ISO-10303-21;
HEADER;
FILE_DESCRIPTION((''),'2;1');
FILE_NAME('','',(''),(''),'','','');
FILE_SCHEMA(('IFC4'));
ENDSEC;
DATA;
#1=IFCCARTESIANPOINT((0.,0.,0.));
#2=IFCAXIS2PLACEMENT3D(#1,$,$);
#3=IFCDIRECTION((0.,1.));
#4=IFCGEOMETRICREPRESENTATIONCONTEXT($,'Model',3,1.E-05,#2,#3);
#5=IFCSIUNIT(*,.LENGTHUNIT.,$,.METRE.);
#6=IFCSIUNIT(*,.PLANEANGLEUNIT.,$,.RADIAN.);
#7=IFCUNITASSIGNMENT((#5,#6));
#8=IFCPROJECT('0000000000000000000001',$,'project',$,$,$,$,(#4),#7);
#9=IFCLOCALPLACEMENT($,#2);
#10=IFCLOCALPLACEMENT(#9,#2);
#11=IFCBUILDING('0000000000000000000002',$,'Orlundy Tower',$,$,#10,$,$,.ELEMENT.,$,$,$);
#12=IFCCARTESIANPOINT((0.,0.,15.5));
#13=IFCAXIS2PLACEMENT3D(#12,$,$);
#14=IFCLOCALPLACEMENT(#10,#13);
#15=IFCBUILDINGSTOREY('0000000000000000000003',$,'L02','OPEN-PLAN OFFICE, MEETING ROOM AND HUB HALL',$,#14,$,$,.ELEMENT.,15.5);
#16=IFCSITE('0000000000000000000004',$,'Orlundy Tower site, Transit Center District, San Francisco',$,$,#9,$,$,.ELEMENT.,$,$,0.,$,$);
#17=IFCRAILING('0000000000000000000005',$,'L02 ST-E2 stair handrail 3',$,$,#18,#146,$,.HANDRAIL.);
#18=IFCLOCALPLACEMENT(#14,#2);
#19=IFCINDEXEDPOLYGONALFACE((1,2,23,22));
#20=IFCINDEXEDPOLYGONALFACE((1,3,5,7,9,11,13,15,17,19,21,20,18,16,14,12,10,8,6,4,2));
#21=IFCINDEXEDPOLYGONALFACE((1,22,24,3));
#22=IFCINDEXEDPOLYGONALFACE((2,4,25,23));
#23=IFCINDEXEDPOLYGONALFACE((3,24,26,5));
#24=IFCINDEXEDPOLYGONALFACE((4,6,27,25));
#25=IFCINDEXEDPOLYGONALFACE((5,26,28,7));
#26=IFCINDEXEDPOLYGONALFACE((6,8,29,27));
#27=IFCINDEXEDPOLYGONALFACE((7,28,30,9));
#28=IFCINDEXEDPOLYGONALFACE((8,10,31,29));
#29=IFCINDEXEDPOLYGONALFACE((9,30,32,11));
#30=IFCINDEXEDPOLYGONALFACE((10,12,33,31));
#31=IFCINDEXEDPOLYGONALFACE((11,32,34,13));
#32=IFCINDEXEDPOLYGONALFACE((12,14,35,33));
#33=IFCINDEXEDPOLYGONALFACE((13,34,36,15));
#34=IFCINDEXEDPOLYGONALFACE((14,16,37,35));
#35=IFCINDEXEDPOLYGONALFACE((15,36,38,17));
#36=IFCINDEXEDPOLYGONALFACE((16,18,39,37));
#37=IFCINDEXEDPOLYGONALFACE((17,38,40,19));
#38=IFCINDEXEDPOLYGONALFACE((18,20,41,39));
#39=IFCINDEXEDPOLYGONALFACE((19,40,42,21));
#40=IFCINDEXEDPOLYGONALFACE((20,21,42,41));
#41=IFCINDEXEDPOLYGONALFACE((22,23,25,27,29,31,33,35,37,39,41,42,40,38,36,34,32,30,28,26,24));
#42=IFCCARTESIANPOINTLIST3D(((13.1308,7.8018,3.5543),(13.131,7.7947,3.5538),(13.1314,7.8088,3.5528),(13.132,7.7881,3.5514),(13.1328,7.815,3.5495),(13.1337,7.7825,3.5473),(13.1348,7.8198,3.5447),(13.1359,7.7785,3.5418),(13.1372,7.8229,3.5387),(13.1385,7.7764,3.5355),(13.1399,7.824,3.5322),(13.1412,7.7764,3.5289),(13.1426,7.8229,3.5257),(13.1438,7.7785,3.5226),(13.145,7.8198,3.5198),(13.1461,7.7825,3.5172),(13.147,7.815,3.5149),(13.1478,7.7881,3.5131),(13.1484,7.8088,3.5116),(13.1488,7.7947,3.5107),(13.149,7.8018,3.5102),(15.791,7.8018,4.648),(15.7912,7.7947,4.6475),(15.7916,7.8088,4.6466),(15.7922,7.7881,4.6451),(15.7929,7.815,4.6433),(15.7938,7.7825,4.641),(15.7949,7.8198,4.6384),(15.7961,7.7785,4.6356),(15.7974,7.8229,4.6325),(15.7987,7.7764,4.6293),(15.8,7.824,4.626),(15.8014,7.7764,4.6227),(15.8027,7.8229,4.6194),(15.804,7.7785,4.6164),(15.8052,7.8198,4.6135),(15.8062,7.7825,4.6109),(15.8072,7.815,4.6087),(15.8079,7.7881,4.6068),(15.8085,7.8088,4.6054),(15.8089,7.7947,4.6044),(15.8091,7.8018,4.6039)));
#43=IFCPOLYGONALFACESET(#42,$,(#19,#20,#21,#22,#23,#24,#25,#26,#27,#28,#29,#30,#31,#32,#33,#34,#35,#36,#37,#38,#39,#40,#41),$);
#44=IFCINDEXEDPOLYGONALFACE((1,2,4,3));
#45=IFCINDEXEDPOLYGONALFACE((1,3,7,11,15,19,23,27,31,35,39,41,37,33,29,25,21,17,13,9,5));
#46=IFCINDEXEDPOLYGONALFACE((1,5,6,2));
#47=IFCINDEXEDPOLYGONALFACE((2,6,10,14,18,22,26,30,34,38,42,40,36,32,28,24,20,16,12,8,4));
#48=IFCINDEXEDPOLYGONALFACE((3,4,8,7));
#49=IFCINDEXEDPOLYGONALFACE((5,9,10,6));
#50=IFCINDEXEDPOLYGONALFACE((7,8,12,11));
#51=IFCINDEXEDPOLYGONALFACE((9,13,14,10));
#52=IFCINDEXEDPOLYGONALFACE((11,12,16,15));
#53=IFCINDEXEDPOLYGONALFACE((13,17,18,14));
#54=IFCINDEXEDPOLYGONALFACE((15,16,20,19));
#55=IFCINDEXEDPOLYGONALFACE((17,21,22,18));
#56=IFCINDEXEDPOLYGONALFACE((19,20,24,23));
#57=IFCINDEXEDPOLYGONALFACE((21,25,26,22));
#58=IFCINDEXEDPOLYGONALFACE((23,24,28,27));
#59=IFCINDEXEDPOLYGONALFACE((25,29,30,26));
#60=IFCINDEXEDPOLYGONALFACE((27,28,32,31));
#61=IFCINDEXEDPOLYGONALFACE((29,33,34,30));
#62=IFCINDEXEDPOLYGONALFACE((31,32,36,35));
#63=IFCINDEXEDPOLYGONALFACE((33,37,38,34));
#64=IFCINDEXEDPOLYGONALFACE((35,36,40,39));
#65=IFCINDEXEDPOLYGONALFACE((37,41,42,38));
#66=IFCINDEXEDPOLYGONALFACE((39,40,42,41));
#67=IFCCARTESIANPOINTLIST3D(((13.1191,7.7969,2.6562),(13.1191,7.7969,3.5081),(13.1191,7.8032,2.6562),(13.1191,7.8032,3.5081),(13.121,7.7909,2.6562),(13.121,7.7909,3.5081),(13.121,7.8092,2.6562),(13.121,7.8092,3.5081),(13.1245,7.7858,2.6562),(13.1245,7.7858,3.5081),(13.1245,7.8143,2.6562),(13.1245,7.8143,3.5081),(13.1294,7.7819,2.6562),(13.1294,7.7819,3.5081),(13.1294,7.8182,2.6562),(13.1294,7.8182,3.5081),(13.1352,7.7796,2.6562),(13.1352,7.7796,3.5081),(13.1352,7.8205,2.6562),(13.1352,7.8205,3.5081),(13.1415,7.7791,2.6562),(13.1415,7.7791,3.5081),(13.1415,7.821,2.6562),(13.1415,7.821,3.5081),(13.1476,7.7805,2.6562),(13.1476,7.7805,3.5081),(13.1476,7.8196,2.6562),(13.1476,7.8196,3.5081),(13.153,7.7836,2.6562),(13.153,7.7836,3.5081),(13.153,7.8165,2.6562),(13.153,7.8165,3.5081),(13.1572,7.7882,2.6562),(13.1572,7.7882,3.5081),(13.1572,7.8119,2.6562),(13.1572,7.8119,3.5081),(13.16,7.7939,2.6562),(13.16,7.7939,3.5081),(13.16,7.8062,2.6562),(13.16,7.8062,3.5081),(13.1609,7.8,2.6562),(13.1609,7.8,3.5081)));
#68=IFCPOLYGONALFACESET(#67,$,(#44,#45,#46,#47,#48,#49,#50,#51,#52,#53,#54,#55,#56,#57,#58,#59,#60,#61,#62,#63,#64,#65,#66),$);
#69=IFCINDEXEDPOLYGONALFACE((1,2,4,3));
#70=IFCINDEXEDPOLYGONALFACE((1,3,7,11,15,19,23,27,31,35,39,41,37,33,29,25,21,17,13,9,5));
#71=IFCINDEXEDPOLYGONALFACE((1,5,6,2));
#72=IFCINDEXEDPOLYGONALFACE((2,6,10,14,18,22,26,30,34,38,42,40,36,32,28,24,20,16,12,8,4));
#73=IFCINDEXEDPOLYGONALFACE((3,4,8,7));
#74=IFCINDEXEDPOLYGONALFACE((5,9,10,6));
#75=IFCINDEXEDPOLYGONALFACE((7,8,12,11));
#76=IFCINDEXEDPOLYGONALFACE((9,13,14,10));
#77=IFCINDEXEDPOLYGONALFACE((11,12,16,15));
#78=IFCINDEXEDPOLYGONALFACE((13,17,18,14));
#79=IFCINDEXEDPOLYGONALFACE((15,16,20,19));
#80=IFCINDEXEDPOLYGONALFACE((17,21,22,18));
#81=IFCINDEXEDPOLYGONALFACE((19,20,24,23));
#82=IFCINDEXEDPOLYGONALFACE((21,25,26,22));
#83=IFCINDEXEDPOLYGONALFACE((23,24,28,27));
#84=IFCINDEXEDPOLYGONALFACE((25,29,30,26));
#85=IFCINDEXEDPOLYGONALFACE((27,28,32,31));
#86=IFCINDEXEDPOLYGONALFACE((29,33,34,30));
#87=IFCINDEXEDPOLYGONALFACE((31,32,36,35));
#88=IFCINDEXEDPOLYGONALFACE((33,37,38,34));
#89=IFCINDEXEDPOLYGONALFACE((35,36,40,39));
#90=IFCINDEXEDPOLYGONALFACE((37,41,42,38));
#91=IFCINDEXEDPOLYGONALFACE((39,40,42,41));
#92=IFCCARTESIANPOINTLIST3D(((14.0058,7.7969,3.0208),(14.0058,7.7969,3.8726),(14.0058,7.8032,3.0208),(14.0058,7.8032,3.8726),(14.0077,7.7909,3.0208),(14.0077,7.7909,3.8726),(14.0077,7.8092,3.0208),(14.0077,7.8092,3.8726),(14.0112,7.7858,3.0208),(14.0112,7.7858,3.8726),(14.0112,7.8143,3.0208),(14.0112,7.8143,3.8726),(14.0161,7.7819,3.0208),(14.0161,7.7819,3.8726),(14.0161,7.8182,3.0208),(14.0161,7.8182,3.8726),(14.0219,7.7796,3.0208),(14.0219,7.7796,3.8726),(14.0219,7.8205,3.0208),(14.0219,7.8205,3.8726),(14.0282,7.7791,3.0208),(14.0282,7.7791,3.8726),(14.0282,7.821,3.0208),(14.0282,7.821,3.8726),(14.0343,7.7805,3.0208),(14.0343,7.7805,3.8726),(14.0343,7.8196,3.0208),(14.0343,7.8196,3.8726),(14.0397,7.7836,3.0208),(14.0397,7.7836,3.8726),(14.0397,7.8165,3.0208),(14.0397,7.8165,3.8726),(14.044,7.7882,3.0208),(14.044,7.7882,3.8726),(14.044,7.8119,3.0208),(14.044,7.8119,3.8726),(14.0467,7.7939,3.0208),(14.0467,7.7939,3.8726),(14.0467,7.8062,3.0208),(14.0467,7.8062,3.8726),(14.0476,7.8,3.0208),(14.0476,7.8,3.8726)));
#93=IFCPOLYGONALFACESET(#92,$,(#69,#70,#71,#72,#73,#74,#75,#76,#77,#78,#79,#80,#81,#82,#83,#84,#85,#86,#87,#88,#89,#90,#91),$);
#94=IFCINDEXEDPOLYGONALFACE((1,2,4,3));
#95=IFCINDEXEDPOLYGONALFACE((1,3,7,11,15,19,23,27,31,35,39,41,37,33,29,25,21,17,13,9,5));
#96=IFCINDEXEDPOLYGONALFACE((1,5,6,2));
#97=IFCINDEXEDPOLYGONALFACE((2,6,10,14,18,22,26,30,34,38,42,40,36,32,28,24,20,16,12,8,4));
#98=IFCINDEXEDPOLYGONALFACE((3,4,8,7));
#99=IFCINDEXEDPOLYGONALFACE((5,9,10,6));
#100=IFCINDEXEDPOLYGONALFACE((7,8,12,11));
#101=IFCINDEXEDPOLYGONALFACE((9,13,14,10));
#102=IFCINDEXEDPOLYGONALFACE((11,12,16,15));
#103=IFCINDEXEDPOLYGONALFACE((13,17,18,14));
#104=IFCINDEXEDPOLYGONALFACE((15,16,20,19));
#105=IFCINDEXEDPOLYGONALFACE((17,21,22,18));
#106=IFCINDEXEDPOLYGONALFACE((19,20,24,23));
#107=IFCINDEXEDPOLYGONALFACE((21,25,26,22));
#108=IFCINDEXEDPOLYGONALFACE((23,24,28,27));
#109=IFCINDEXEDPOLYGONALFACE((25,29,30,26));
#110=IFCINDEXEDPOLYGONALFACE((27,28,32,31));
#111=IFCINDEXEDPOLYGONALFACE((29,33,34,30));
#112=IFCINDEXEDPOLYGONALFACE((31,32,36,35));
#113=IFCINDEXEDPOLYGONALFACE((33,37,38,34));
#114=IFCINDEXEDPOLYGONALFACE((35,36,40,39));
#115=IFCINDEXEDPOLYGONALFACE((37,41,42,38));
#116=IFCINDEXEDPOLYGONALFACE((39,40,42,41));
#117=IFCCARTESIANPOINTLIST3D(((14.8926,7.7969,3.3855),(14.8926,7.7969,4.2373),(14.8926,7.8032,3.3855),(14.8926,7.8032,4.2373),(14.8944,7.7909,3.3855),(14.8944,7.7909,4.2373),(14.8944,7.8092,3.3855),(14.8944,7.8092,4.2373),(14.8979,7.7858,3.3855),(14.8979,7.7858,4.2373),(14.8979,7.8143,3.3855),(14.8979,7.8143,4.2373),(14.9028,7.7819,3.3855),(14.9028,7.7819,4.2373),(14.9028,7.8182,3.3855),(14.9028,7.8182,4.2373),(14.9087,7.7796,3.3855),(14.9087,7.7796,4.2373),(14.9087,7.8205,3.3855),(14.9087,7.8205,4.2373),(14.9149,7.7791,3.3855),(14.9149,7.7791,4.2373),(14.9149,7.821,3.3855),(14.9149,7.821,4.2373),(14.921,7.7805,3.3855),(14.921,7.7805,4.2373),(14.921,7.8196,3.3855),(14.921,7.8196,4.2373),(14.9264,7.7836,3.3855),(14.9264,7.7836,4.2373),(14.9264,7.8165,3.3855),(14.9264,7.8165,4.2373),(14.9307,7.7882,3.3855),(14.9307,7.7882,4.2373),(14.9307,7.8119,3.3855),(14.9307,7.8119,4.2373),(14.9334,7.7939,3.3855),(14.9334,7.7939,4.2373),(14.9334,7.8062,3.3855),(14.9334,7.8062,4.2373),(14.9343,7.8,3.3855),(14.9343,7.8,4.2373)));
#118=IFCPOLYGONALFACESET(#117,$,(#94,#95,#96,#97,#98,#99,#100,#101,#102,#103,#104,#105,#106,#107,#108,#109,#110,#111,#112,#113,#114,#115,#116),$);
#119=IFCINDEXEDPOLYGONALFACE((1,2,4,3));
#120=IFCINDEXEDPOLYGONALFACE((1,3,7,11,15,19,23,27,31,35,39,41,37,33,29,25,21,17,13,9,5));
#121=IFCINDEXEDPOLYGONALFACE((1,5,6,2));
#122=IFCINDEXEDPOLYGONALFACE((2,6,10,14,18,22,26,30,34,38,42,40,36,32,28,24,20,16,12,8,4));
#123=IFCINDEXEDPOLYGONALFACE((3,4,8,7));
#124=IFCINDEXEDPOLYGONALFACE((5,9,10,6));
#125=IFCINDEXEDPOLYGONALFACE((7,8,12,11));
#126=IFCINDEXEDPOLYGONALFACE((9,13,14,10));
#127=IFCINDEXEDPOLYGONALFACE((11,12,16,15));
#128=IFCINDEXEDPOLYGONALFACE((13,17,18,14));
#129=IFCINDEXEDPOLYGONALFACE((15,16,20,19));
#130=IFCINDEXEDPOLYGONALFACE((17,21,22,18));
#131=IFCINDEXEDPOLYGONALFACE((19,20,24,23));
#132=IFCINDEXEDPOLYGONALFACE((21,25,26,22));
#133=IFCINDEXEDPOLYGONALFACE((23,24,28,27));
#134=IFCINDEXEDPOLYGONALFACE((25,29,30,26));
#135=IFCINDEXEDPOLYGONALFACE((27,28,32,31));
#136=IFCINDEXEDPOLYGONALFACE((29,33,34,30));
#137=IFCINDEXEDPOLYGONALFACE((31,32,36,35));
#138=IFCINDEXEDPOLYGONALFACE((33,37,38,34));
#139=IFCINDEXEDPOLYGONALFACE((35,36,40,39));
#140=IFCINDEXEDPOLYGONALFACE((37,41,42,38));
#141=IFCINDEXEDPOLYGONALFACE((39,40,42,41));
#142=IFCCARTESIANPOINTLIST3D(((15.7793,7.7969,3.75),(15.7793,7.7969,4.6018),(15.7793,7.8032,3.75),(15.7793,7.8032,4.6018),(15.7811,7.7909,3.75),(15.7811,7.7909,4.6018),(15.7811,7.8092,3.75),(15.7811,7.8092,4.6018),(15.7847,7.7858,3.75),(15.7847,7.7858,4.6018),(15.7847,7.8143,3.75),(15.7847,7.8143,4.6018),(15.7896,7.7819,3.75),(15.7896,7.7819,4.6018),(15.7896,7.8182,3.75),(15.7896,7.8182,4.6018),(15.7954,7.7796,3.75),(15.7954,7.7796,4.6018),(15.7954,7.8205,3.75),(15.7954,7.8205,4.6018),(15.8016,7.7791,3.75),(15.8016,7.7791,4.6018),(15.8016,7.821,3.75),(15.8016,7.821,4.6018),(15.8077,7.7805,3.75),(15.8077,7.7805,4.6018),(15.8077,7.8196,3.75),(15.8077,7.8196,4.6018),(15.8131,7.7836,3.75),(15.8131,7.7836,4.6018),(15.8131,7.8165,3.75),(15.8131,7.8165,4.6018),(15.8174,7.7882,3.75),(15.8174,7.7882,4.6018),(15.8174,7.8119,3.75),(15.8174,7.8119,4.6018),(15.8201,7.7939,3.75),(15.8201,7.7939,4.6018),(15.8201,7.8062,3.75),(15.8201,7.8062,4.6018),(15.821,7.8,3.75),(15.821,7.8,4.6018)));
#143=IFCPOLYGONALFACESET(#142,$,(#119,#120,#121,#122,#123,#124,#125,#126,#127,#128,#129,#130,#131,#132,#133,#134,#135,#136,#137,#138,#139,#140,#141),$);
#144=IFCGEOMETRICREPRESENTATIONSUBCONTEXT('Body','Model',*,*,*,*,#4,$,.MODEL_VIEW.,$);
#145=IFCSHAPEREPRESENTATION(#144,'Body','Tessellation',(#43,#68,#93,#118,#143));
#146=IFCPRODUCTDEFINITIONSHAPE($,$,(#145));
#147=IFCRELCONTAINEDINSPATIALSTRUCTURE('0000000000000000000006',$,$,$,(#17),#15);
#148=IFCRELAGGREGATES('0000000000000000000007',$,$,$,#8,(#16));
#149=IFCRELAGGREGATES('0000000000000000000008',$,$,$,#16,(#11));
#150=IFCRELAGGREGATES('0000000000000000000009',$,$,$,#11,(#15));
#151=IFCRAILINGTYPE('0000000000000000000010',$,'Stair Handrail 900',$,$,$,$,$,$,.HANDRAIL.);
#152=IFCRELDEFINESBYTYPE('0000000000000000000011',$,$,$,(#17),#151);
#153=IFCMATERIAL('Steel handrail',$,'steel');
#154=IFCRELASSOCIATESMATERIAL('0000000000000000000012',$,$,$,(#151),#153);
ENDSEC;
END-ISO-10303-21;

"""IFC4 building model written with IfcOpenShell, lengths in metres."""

from ifc_helpers import new_model, si_unit, direction, frame, origin, origin_2d, place, context, subcontext, project, spatial, circle, extrude, material, type_object, element, save


model = new_model("IFC4")

# Units and contexts
model_context = context("Model", 3, precision=1e-05, world=origin(), true_north=direction((0.0, 1.0)))
body_context = subcontext(model_context, "Body", "Model", "MODEL_VIEW")
ifc_project = project(units=[si_unit("LENGTHUNIT", "METRE"), si_unit("PLANEANGLEUNIT", "RADIAN")], contexts=[model_context])

# Site, building, storey
site_placement = place(None, origin())
site = spatial("IfcSite", under=ifc_project, at=site_placement, Name="Orlundy Tower site, Transit Center District, San Francisco", CompositionType="ELEMENT", RefElevation=0.0)
building_placement = place(site_placement, origin())
building = spatial("IfcBuilding", under=site, at=building_placement, Name="Orlundy Tower", CompositionType="ELEMENT")
storey_placement = place(building_placement, frame((0.0, 0.0, 15.5)))
storey = spatial("IfcBuildingStorey", under=building, at=storey_placement, Name="L02", Description="OPEN-PLAN OFFICE, MEETING ROOM AND HUB HALL", CompositionType="ELEMENT", Elevation=15.5)

# Railing
ifc_material_1 = material(Name="Steel handrail", Category="steel")
railing_type_1 = type_object("IfcRailingType", Name="Stair Handrail 900", PredefinedType="HANDRAIL", material=ifc_material_1)
for number, where, name in (
    (1, (13.1399, 7.8, 2.6562), "L02 ST-E2 stair handrail 3"),
):
    element("IfcRailing", number, at=place(storey_placement, frame(where)), inside=storey, type_object=railing_type_1, Name=name, PredefinedType="HANDRAIL", context=body_context, shape_type="SweptSolid", body=[
        extrude(circle(Radius=0.0239, at=origin_2d()), frame((0.0, 0.0, 0.876), z_axis=(0.924875, 0.0, 0.380272), x_axis=(0.0, 1.0, 0.0)), (0.0, 0.0, 1.0), 2.8762),
        extrude(circle(Radius=0.021, at=origin_2d()), origin(), (0.0, 0.0, 1.0), 0.8518),
        extrude(circle(Radius=0.021, at=origin_2d()), frame((0.8867, 0.0, 0.3645)), (0.0, 0.0, 1.0), 0.8518),
        extrude(circle(Radius=0.021, at=origin_2d()), frame((1.7734, 0.0, 0.7292)), (0.0, 0.0, 1.0), 0.8518),
        extrude(circle(Radius=0.021, at=origin_2d()), frame((2.6602, 0.0, 1.0938)), (0.0, 0.0, 1.0), 0.8518),
    ])

save(model, "model.ifc")
